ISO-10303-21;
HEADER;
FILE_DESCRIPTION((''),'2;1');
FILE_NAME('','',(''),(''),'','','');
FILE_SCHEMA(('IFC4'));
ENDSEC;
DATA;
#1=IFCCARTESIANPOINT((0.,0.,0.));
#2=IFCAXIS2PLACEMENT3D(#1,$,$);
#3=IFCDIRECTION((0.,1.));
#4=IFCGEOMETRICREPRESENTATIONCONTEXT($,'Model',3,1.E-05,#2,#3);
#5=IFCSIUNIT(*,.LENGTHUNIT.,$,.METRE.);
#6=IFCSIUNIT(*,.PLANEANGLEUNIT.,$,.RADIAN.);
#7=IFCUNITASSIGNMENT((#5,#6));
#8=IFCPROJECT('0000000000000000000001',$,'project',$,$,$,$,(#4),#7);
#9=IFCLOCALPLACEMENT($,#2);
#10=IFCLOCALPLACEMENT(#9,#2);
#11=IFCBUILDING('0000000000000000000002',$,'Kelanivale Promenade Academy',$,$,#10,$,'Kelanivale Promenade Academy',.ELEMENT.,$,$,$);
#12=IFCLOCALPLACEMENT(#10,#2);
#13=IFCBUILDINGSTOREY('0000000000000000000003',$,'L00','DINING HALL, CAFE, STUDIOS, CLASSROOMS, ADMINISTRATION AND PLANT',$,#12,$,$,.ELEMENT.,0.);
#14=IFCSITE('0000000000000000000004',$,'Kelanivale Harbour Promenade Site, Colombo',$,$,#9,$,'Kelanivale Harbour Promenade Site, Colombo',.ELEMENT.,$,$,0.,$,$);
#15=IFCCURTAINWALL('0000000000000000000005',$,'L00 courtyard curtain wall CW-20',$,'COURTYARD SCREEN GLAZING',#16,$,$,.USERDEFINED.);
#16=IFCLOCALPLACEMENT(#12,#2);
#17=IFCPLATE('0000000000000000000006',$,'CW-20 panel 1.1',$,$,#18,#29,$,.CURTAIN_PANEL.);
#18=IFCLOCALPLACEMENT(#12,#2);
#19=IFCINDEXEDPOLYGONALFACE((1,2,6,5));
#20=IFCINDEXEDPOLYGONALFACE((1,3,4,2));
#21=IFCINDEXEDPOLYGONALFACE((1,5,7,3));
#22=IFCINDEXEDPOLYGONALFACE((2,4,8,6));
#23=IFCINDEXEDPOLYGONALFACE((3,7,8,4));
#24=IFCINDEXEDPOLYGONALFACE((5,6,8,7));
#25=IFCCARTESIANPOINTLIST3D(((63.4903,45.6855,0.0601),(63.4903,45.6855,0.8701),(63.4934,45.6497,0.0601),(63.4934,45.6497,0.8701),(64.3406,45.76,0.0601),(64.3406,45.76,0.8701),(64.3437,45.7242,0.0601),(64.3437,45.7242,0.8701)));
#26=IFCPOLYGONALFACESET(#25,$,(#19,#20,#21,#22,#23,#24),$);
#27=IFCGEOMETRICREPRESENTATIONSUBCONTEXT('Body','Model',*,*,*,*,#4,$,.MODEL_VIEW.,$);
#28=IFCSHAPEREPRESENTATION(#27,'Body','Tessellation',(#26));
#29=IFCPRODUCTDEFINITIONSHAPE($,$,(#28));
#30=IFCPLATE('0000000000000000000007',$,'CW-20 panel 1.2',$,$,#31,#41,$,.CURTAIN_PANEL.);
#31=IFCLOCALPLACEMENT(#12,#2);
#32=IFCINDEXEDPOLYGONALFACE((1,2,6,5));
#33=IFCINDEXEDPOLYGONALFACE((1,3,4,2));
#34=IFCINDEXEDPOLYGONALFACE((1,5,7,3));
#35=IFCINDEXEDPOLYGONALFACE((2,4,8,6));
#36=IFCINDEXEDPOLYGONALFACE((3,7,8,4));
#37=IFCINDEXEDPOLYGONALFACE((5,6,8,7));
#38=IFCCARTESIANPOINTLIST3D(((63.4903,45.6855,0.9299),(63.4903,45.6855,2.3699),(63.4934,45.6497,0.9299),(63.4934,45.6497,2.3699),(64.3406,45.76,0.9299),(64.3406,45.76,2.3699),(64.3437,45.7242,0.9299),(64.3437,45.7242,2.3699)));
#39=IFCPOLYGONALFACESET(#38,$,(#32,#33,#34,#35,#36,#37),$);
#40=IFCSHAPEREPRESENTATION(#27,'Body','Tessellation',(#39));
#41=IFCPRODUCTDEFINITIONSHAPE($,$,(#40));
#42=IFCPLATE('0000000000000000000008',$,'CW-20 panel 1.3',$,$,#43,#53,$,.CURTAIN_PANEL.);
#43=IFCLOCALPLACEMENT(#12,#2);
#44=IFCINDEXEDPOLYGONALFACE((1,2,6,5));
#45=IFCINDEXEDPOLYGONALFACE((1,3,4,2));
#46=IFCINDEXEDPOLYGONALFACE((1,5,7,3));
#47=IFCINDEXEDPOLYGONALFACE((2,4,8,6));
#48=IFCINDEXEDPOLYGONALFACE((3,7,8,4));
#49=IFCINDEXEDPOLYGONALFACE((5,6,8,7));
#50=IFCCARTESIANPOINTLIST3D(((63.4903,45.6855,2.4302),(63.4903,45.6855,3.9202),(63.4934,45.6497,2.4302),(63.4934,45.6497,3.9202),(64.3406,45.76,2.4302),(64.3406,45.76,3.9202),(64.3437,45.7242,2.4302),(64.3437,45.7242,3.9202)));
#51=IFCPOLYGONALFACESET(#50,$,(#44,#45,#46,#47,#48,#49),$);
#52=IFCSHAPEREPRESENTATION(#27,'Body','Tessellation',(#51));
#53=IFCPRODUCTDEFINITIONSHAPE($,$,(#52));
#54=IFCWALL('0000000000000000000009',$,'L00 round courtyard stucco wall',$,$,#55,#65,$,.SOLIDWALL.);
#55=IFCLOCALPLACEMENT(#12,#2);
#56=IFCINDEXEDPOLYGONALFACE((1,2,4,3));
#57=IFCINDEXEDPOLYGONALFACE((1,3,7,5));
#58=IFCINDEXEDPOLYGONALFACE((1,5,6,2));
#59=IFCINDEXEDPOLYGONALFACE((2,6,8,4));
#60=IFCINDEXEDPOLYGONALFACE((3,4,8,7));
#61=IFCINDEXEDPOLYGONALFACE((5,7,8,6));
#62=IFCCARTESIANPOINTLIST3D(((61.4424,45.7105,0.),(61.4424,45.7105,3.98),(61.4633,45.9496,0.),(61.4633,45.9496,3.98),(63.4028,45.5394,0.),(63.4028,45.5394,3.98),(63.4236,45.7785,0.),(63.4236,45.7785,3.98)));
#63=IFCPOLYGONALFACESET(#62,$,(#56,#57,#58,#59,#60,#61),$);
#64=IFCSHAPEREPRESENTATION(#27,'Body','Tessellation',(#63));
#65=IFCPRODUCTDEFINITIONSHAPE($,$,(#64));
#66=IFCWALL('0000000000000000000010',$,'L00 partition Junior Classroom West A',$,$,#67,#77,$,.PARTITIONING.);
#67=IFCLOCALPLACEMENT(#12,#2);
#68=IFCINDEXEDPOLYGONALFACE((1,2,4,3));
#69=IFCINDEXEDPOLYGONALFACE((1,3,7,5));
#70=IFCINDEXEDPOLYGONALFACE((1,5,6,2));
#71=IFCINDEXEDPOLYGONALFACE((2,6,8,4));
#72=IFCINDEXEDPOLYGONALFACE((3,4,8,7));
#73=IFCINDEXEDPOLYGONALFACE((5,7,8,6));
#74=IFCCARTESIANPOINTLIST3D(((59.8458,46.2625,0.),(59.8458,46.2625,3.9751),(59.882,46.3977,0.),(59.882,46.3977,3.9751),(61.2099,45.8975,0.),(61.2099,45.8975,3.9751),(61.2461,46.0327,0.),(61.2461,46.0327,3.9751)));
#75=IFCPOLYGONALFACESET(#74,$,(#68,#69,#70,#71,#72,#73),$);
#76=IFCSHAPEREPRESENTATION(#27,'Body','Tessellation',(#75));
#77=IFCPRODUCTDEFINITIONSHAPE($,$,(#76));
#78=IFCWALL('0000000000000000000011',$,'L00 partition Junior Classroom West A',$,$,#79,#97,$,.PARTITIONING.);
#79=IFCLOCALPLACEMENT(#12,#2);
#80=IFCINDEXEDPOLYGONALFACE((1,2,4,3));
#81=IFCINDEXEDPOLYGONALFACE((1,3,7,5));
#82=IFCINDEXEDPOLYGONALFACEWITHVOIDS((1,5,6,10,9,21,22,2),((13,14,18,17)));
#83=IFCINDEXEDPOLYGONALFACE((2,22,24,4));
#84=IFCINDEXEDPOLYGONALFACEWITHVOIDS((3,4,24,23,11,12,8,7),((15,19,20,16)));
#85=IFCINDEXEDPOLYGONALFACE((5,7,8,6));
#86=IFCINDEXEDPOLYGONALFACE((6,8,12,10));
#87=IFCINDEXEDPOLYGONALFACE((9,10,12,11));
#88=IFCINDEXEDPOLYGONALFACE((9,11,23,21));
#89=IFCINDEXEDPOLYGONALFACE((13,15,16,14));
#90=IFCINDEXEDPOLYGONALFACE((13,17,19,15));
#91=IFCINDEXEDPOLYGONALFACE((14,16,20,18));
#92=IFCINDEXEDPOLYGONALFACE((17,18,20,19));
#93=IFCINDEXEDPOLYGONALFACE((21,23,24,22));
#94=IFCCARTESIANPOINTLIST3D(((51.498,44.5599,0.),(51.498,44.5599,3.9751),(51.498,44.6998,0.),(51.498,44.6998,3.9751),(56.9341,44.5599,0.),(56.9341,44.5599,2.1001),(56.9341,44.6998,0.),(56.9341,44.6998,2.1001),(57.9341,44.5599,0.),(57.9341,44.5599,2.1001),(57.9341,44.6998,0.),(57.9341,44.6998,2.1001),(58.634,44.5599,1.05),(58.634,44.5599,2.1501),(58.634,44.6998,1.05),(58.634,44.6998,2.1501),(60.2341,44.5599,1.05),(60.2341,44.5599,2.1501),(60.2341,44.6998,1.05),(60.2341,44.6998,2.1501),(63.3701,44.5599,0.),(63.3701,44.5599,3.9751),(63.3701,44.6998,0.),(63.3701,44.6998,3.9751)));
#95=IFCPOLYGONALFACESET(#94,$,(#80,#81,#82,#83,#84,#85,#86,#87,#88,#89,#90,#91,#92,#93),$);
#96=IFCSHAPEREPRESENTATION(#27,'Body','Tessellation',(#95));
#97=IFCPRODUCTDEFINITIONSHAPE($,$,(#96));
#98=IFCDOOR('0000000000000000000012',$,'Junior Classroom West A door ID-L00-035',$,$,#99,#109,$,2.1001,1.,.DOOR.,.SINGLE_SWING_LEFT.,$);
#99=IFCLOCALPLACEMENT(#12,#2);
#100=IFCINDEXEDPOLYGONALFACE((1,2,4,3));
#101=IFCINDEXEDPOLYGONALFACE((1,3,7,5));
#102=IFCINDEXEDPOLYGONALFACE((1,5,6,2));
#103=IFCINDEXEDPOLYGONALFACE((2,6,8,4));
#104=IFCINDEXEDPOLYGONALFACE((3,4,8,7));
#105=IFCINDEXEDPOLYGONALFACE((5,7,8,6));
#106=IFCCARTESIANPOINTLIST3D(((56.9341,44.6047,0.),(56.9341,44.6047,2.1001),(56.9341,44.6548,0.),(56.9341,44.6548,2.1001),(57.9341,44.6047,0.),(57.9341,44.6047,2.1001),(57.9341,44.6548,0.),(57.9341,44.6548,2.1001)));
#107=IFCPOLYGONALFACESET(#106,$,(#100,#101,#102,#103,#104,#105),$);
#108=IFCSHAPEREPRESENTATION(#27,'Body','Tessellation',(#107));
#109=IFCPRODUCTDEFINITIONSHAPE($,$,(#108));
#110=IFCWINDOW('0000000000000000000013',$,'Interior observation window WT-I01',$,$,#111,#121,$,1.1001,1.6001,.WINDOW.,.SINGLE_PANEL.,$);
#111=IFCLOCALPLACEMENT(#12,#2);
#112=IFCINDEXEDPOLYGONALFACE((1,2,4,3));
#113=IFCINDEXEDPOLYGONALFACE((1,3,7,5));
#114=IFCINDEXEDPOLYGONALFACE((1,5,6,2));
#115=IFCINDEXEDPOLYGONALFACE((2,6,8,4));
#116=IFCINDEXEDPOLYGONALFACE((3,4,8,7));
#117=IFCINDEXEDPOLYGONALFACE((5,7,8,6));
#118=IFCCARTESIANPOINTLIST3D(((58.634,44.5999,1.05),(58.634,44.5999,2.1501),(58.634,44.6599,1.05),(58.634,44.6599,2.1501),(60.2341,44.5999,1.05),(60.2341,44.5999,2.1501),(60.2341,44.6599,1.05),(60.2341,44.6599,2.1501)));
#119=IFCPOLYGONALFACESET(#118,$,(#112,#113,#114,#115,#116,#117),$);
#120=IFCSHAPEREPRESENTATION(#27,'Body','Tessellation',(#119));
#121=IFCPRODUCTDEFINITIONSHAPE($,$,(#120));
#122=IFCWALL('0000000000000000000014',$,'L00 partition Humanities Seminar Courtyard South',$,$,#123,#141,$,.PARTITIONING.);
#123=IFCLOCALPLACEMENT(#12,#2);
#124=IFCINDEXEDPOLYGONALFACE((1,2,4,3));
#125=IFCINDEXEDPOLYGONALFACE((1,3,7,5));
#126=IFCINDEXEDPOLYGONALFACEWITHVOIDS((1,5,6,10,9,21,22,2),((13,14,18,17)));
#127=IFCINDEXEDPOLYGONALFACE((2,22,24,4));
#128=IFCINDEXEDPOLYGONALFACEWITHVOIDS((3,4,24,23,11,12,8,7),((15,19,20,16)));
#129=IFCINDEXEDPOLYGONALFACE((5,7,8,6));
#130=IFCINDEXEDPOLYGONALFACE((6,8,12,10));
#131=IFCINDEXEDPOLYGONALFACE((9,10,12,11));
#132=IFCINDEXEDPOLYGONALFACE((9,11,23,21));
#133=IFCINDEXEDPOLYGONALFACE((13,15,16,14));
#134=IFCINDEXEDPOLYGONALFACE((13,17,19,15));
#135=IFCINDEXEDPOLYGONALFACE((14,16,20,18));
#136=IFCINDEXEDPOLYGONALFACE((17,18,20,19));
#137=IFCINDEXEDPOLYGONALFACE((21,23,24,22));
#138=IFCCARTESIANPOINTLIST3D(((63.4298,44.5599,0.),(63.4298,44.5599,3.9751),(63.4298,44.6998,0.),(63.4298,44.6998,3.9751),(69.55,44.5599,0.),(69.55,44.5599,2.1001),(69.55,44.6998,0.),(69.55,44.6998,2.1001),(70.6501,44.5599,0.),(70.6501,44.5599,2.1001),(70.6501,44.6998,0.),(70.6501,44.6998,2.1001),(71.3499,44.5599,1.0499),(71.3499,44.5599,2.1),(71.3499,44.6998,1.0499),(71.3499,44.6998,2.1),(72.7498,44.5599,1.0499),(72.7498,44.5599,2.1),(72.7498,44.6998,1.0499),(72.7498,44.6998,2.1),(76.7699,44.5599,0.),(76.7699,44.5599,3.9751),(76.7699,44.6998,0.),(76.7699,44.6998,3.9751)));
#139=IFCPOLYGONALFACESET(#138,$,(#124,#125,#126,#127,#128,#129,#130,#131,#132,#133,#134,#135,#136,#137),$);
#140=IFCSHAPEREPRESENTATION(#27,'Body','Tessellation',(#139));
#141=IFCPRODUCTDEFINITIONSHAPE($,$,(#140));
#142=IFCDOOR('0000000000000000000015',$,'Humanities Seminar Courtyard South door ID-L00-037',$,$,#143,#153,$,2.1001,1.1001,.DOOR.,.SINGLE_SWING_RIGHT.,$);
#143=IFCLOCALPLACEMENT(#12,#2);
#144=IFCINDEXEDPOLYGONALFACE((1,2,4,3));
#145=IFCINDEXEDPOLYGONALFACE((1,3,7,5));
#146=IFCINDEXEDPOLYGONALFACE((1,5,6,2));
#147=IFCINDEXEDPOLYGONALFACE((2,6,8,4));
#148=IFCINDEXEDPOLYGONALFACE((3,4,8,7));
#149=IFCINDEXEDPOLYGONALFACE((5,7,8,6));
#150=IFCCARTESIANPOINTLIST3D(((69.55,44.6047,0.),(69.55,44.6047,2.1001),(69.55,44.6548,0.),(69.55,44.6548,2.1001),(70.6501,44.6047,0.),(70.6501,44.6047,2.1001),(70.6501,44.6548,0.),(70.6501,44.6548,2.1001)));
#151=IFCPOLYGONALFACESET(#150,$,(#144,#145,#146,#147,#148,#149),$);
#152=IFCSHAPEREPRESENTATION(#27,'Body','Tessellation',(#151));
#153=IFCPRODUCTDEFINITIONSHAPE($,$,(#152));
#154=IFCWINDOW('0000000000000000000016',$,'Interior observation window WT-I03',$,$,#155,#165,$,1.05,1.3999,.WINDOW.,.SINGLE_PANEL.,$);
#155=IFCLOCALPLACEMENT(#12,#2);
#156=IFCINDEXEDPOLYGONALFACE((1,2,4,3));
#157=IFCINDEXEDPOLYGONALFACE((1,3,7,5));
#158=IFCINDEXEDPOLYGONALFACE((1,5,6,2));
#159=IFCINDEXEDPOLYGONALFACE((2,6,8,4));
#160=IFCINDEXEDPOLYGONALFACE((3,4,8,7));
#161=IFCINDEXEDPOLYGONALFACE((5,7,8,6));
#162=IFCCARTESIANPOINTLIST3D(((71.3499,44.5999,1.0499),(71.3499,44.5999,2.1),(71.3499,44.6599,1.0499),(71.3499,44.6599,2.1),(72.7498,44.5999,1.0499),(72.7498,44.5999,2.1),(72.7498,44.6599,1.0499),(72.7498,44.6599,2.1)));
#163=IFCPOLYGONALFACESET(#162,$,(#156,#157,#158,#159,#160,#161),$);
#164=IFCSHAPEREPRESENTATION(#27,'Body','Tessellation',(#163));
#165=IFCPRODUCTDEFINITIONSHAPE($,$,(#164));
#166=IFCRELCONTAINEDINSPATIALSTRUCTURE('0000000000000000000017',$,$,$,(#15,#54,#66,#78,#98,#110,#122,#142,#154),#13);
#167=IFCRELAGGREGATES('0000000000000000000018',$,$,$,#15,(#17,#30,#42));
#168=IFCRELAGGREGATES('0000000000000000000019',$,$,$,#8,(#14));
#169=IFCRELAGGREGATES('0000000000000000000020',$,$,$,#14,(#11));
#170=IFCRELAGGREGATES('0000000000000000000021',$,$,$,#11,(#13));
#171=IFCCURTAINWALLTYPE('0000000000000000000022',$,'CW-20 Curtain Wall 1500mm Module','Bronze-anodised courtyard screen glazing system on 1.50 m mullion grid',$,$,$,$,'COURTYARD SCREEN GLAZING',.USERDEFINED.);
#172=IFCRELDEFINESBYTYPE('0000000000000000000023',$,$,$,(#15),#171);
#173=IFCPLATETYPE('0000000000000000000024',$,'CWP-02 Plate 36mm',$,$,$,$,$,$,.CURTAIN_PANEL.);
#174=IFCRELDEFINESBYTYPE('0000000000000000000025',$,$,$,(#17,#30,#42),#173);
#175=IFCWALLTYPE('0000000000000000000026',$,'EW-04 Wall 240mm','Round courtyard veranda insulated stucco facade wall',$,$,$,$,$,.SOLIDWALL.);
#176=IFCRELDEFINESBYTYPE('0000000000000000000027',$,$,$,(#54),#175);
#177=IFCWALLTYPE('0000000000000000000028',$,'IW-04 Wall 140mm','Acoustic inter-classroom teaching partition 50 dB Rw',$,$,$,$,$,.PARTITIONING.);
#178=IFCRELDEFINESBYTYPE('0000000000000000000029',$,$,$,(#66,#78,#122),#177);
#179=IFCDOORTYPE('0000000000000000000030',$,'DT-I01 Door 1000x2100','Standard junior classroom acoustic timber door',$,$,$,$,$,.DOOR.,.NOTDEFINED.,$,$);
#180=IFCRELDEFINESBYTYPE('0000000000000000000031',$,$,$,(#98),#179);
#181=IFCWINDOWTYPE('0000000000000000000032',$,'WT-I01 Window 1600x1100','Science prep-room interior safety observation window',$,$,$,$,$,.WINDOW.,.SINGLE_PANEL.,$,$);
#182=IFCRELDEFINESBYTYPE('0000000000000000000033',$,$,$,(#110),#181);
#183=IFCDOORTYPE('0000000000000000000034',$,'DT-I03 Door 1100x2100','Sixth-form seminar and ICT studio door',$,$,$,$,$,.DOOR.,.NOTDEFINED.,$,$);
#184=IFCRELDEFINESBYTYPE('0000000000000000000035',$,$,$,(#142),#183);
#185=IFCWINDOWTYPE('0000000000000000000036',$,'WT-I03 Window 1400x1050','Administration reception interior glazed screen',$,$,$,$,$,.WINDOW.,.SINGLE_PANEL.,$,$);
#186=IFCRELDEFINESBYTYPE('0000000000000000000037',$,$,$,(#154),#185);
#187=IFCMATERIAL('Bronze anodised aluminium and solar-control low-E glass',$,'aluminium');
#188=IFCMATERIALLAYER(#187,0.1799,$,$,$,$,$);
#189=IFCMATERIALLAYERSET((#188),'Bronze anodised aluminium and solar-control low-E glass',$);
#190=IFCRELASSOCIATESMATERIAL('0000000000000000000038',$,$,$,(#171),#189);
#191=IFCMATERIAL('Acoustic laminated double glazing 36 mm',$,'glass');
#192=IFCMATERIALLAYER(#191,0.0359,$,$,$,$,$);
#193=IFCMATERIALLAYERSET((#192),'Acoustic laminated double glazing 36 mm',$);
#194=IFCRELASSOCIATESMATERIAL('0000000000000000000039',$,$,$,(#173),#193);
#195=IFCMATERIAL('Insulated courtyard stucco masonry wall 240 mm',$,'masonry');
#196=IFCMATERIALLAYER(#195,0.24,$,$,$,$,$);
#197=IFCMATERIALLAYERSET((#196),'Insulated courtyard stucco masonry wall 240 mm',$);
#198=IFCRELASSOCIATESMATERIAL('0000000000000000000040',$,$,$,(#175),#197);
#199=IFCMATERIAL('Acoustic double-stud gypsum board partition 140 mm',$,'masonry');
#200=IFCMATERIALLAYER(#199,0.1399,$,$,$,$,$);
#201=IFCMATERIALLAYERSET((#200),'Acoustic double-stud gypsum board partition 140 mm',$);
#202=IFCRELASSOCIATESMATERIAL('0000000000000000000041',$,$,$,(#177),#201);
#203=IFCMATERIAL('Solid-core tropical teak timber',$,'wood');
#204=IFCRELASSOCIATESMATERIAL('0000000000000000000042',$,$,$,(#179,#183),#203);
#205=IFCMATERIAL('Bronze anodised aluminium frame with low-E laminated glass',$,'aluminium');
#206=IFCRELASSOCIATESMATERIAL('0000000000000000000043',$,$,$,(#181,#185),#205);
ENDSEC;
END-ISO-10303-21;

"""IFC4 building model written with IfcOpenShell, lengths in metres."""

from ifc_helpers import new_model, si_unit, direction, frame, frame_2d, origin, origin_2d, place, context, subcontext, project, spatial, rectangle, extrude, material, layer, layer_set, type_object, element, fill, aggregate, save


model = new_model("IFC4")

# Units and contexts
model_context = context("Model", 3, precision=1e-05, world=origin(), true_north=direction((0.0, 1.0)))
body_context = subcontext(model_context, "Body", "Model", "MODEL_VIEW")
ifc_project = project(units=[si_unit("LENGTHUNIT", "METRE"), si_unit("PLANEANGLEUNIT", "RADIAN")], contexts=[model_context])

# Site, building, storey
site_placement = place(None, origin())
site = spatial("IfcSite", under=ifc_project, at=site_placement, Name="Kelanivale Harbour Promenade Site, Colombo", LongName="Kelanivale Harbour Promenade Site, Colombo", CompositionType="ELEMENT", RefElevation=0.0)
building_placement = place(site_placement, origin())
building = spatial("IfcBuilding", under=site, at=building_placement, Name="Kelanivale Promenade Academy", LongName="Kelanivale Promenade Academy", CompositionType="ELEMENT")
storey_placement = place(building_placement, origin())
storey = spatial("IfcBuildingStorey", under=building, at=storey_placement, Name="L00", Description="DINING HALL, CAFE, STUDIOS, CLASSROOMS, ADMINISTRATION AND PLANT", CompositionType="ELEMENT", Elevation=0.0)

# Shared definitions
ifc_material_1 = material(Name="Bronze anodised aluminium and solar-control low-E glass", Category="aluminium")

# Curtain wall
ifc_layer_1 = layer(ifc_material_1, 0.1799)
ifc_layer_set_1 = layer_set([ifc_layer_1], Name="Bronze anodised aluminium and solar-control low-E glass")
curtain_wall_type_1 = type_object("IfcCurtainWallType", Name="CW-20 Curtain Wall 1500mm Module", Description="Bronze-anodised courtyard screen glazing system on 1.50 m mullion grid", ElementType="COURTYARD SCREEN GLAZING", PredefinedType="USERDEFINED", material=ifc_layer_set_1)
curtain_wall_1_placement = place(storey_placement, origin())
curtain_wall_1 = element("IfcCurtainWall", 1, at=curtain_wall_1_placement, inside=storey, type_object=curtain_wall_type_1, Name="L00 courtyard curtain wall CW-20", ObjectType="COURTYARD SCREEN GLAZING", PredefinedType="USERDEFINED")

# Plates
ifc_material_2 = material(Name="Acoustic laminated double glazing 36 mm", Category="glass")
ifc_layer_2 = layer(ifc_material_2, 0.0359)
ifc_layer_set_2 = layer_set([ifc_layer_2], Name="Acoustic laminated double glazing 36 mm")
plate_type_1 = type_object("IfcPlateType", Name="CWP-02 Plate 36mm", PredefinedType="CURTAIN_PANEL", material=ifc_layer_set_2)
plate_1_placement = place(storey_placement, frame((63.917, 45.7048, 0.0601), z_axis=(0.0, 0.0, 1.0), x_axis=(0.996185, 0.087265, 0.0)))
plate_1 = element("IfcPlate", 2, at=plate_1_placement, type_object=plate_type_1, Name="CW-20 panel 1.1", PredefinedType="CURTAIN_PANEL", context=body_context, shape_type="SweptSolid", body=[
    extrude(rectangle(XDim=0.8535, YDim=0.0359, at=origin_2d()), origin(), (0.0, 0.0, 1.0), 0.8101),
])
plate_2_placement = place(storey_placement, frame((63.917, 45.7048, 0.9299), z_axis=(0.0, 0.0, 1.0), x_axis=(0.996185, 0.087265, 0.0)))
plate_2 = element("IfcPlate", 3, at=plate_2_placement, type_object=plate_type_1, Name="CW-20 panel 1.2", PredefinedType="CURTAIN_PANEL", context=body_context, shape_type="SweptSolid", body=[
    extrude(rectangle(XDim=0.8535, YDim=0.0359, at=origin_2d()), origin(), (0.0, 0.0, 1.0), 1.4399),
])
plate_3_placement = place(storey_placement, frame((63.917, 45.7048, 2.4302), z_axis=(0.0, 0.0, 1.0), x_axis=(0.996185, 0.087265, 0.0)))
plate_3 = element("IfcPlate", 4, at=plate_3_placement, type_object=plate_type_1, Name="CW-20 panel 1.3", PredefinedType="CURTAIN_PANEL", context=body_context, shape_type="SweptSolid", body=[
    extrude(rectangle(XDim=0.8535, YDim=0.0359, at=origin_2d()), origin(), (0.0, 0.0, 1.0), 1.49),
])
aggregate(curtain_wall_1, [plate_1, plate_2, plate_3])

# Walls
ifc_material_3 = material(Name="Insulated courtyard stucco masonry wall 240 mm", Category="masonry")
ifc_layer_3 = layer(ifc_material_3, 0.24)
ifc_layer_set_3 = layer_set([ifc_layer_3], Name="Insulated courtyard stucco masonry wall 240 mm")
wall_type_1 = type_object("IfcWallType", Name="EW-04 Wall 240mm", Description="Round courtyard veranda insulated stucco facade wall", PredefinedType="SOLIDWALL", material=ifc_layer_set_3)
wall_1_placement = place(storey_placement, frame((61.4529, 45.8301, 0.0), z_axis=(0.0, 0.0, 1.0), x_axis=(0.99621, -0.086978, 0.0)))
element("IfcWall", 5, at=wall_1_placement, inside=storey, type_object=wall_type_1, Name="L00 round courtyard stucco wall", PredefinedType="SOLIDWALL", context=body_context, shape_type="SweptSolid", body=[
    extrude(rectangle(XDim=1.9678, YDim=0.24, at=frame_2d((0.9839, 0.0))), origin(), (0.0, 0.0, 1.0), 3.98),
])
ifc_material_4 = material(Name="Acoustic double-stud gypsum board partition 140 mm", Category="masonry")
ifc_layer_4 = layer(ifc_material_4, 0.1399)
ifc_layer_set_4 = layer_set([ifc_layer_4], Name="Acoustic double-stud gypsum board partition 140 mm")
wall_type_2 = type_object("IfcWallType", Name="IW-04 Wall 140mm", Description="Acoustic inter-classroom teaching partition 50 dB Rw", PredefinedType="PARTITIONING", material=ifc_layer_set_4)
wall_2_placement = place(storey_placement, frame((61.228, 45.9651, 0.0), z_axis=(0.0, 0.0, 1.0), x_axis=(-0.966014, 0.258491, 0.0)))
element("IfcWall", 6, at=wall_2_placement, inside=storey, type_object=wall_type_2, Name="L00 partition Junior Classroom West A", PredefinedType="PARTITIONING", context=body_context, shape_type="SweptSolid", body=[
    extrude(rectangle(XDim=1.4121, YDim=0.1399, at=frame_2d((0.7061, 0.0))), origin(), (0.0, 0.0, 1.0), 3.9751),
])

# Walls, openings, doors, windows
wall_3_placement = place(storey_placement, frame((51.498, 44.6299, 0.0), z_axis=(0.0, 0.0, 1.0), x_axis=(1.0, 0.0, 0.0)))
wall_3 = element("IfcWall", 7, at=wall_3_placement, inside=storey, type_object=wall_type_2, Name="L00 partition Junior Classroom West A", PredefinedType="PARTITIONING", context=body_context, shape_type="SweptSolid", body=[
    extrude(rectangle(XDim=11.8721, YDim=0.1399, at=frame_2d((5.936, 0.0))), origin(), (0.0, 0.0, 1.0), 3.9751),
])
opening_1_placement = place(wall_3_placement, frame((5.436, 0.0, 0.0)))
opening_1 = element("IfcOpeningElement", 8, at=opening_1_placement, cuts=wall_3, PredefinedType="OPENING", context=body_context, shape_type="SweptSolid", body=[
    extrude(rectangle(XDim=1.0, YDim=2.1001, at=frame_2d((0.5, 1.05))), frame((0.0, 0.0801, 0.0), z_axis=(0.0, -1.0, 0.0), x_axis=(1.0, 0.0, 0.0)), (0.0, 0.0, 1.0), 0.1599),
])
opening_2_placement = place(wall_3_placement, frame((7.136, 0.0, 1.05)))
opening_2 = element("IfcOpeningElement", 9, at=opening_2_placement, cuts=wall_3, PredefinedType="OPENING", context=body_context, shape_type="SweptSolid", body=[
    extrude(rectangle(XDim=1.6001, YDim=1.1001, at=frame_2d((0.8, 0.55))), frame((0.0, 0.0801, 0.0), z_axis=(0.0, -1.0, 0.0), x_axis=(1.0, 0.0, 0.0)), (0.0, 0.0, 1.0), 0.1599),
])
ifc_material_5 = material(Name="Solid-core tropical teak timber", Category="wood")
door_type_1 = type_object("IfcDoorType", Name="DT-I01 Door 1000x2100", Description="Standard junior classroom acoustic timber door", OperationType="NOTDEFINED", PredefinedType="DOOR", material=ifc_material_5)
door_1_placement = place(opening_1_placement, origin())
door_1 = element("IfcDoor", 10, at=door_1_placement, inside=storey, type_object=door_type_1, Name="Junior Classroom West A door ID-L00-035", OperationType="SINGLE_SWING_LEFT", OverallHeight=2.1001, OverallWidth=1.0, PredefinedType="DOOR", context=body_context, shape_type="SweptSolid", body=[
    extrude(rectangle(XDim=1.0, YDim=2.1001, at=frame_2d((0.5, 1.05))), frame((0.0, 0.0249, 0.0), z_axis=(0.0, -1.0, 0.0), x_axis=(1.0, 0.0, 0.0)), (0.0, 0.0, 1.0), 0.05),
])
fill(opening_1, door_1)
ifc_material_6 = material(Name="Bronze anodised aluminium frame with low-E laminated glass", Category="aluminium")
window_type_1 = type_object("IfcWindowType", Name="WT-I01 Window 1600x1100", Description="Science prep-room interior safety observation window", PartitioningType="SINGLE_PANEL", PredefinedType="WINDOW", material=ifc_material_6)
window_1_placement = place(opening_2_placement, origin())
window_1 = element("IfcWindow", 11, at=window_1_placement, inside=storey, type_object=window_type_1, Name="Interior observation window WT-I01", OverallHeight=1.1001, OverallWidth=1.6001, PartitioningType="SINGLE_PANEL", PredefinedType="WINDOW", context=body_context, shape_type="SweptSolid", body=[
    extrude(rectangle(XDim=1.6001, YDim=1.1001, at=frame_2d((0.8, 0.55))), frame((0.0, 0.03, 0.0), z_axis=(0.0, -1.0, 0.0), x_axis=(1.0, 0.0, 0.0)), (0.0, 0.0, 1.0), 0.0601),
])
fill(opening_2, window_1)
wall_4_placement = place(storey_placement, frame((63.4299, 44.6299, 0.0), z_axis=(0.0, 0.0, 1.0), x_axis=(1.0, 0.0, 0.0)))
wall_4 = element("IfcWall", 12, at=wall_4_placement, inside=storey, type_object=wall_type_2, Name="L00 partition Humanities Seminar Courtyard South", PredefinedType="PARTITIONING", context=body_context, shape_type="SweptSolid", body=[
    extrude(rectangle(XDim=13.3401, YDim=0.1399, at=frame_2d((6.6699, 0.0))), origin(), (0.0, 0.0, 1.0), 3.9751),
])
opening_3_placement = place(wall_4_placement, frame((6.1201, 0.0, 0.0)))
opening_3 = element("IfcOpeningElement", 13, at=opening_3_placement, cuts=wall_4, PredefinedType="OPENING", context=body_context, shape_type="SweptSolid", body=[
    extrude(rectangle(XDim=1.1001, YDim=2.1001, at=frame_2d((0.55, 1.05))), frame((0.0, 0.0801, 0.0), z_axis=(0.0, -1.0, 0.0), x_axis=(1.0, 0.0, 0.0)), (0.0, 0.0, 1.0), 0.1599),
])
opening_4_placement = place(wall_4_placement, frame((7.9199, 0.0, 1.05)))
opening_4 = element("IfcOpeningElement", 14, at=opening_4_placement, cuts=wall_4, PredefinedType="OPENING", context=body_context, shape_type="SweptSolid", body=[
    extrude(rectangle(XDim=1.3999, YDim=1.05, at=frame_2d((0.7, 0.5249))), frame((0.0, 0.0801, 0.0), z_axis=(0.0, -1.0, 0.0), x_axis=(1.0, 0.0, 0.0)), (0.0, 0.0, 1.0), 0.1599),
])
door_type_2 = type_object("IfcDoorType", Name="DT-I03 Door 1100x2100", Description="Sixth-form seminar and ICT studio door", OperationType="NOTDEFINED", PredefinedType="DOOR", material=ifc_material_5)
door_2_placement = place(opening_3_placement, origin())
door_2 = element("IfcDoor", 15, at=door_2_placement, inside=storey, type_object=door_type_2, Name="Humanities Seminar Courtyard South door ID-L00-037", OperationType="SINGLE_SWING_RIGHT", OverallHeight=2.1001, OverallWidth=1.1001, PredefinedType="DOOR", context=body_context, shape_type="SweptSolid", body=[
    extrude(rectangle(XDim=1.1001, YDim=2.1001, at=frame_2d((0.55, 1.05))), frame((0.0, 0.0249, 0.0), z_axis=(0.0, -1.0, 0.0), x_axis=(1.0, 0.0, 0.0)), (0.0, 0.0, 1.0), 0.05),
])
fill(opening_3, door_2)
window_type_2 = type_object("IfcWindowType", Name="WT-I03 Window 1400x1050", Description="Administration reception interior glazed screen", PartitioningType="SINGLE_PANEL", PredefinedType="WINDOW", material=ifc_material_6)
window_2_placement = place(opening_4_placement, origin())
window_2 = element("IfcWindow", 16, at=window_2_placement, inside=storey, type_object=window_type_2, Name="Interior observation window WT-I03", OverallHeight=1.05, OverallWidth=1.3999, PartitioningType="SINGLE_PANEL", PredefinedType="WINDOW", context=body_context, shape_type="SweptSolid", body=[
    extrude(rectangle(XDim=1.3999, YDim=1.05, at=frame_2d((0.7, 0.5249))), frame((0.0, 0.03, 0.0), z_axis=(0.0, -1.0, 0.0), x_axis=(1.0, 0.0, 0.0)), (0.0, 0.0, 1.0), 0.0601),
])
fill(opening_4, window_2)

save(model, "model.ifc")
